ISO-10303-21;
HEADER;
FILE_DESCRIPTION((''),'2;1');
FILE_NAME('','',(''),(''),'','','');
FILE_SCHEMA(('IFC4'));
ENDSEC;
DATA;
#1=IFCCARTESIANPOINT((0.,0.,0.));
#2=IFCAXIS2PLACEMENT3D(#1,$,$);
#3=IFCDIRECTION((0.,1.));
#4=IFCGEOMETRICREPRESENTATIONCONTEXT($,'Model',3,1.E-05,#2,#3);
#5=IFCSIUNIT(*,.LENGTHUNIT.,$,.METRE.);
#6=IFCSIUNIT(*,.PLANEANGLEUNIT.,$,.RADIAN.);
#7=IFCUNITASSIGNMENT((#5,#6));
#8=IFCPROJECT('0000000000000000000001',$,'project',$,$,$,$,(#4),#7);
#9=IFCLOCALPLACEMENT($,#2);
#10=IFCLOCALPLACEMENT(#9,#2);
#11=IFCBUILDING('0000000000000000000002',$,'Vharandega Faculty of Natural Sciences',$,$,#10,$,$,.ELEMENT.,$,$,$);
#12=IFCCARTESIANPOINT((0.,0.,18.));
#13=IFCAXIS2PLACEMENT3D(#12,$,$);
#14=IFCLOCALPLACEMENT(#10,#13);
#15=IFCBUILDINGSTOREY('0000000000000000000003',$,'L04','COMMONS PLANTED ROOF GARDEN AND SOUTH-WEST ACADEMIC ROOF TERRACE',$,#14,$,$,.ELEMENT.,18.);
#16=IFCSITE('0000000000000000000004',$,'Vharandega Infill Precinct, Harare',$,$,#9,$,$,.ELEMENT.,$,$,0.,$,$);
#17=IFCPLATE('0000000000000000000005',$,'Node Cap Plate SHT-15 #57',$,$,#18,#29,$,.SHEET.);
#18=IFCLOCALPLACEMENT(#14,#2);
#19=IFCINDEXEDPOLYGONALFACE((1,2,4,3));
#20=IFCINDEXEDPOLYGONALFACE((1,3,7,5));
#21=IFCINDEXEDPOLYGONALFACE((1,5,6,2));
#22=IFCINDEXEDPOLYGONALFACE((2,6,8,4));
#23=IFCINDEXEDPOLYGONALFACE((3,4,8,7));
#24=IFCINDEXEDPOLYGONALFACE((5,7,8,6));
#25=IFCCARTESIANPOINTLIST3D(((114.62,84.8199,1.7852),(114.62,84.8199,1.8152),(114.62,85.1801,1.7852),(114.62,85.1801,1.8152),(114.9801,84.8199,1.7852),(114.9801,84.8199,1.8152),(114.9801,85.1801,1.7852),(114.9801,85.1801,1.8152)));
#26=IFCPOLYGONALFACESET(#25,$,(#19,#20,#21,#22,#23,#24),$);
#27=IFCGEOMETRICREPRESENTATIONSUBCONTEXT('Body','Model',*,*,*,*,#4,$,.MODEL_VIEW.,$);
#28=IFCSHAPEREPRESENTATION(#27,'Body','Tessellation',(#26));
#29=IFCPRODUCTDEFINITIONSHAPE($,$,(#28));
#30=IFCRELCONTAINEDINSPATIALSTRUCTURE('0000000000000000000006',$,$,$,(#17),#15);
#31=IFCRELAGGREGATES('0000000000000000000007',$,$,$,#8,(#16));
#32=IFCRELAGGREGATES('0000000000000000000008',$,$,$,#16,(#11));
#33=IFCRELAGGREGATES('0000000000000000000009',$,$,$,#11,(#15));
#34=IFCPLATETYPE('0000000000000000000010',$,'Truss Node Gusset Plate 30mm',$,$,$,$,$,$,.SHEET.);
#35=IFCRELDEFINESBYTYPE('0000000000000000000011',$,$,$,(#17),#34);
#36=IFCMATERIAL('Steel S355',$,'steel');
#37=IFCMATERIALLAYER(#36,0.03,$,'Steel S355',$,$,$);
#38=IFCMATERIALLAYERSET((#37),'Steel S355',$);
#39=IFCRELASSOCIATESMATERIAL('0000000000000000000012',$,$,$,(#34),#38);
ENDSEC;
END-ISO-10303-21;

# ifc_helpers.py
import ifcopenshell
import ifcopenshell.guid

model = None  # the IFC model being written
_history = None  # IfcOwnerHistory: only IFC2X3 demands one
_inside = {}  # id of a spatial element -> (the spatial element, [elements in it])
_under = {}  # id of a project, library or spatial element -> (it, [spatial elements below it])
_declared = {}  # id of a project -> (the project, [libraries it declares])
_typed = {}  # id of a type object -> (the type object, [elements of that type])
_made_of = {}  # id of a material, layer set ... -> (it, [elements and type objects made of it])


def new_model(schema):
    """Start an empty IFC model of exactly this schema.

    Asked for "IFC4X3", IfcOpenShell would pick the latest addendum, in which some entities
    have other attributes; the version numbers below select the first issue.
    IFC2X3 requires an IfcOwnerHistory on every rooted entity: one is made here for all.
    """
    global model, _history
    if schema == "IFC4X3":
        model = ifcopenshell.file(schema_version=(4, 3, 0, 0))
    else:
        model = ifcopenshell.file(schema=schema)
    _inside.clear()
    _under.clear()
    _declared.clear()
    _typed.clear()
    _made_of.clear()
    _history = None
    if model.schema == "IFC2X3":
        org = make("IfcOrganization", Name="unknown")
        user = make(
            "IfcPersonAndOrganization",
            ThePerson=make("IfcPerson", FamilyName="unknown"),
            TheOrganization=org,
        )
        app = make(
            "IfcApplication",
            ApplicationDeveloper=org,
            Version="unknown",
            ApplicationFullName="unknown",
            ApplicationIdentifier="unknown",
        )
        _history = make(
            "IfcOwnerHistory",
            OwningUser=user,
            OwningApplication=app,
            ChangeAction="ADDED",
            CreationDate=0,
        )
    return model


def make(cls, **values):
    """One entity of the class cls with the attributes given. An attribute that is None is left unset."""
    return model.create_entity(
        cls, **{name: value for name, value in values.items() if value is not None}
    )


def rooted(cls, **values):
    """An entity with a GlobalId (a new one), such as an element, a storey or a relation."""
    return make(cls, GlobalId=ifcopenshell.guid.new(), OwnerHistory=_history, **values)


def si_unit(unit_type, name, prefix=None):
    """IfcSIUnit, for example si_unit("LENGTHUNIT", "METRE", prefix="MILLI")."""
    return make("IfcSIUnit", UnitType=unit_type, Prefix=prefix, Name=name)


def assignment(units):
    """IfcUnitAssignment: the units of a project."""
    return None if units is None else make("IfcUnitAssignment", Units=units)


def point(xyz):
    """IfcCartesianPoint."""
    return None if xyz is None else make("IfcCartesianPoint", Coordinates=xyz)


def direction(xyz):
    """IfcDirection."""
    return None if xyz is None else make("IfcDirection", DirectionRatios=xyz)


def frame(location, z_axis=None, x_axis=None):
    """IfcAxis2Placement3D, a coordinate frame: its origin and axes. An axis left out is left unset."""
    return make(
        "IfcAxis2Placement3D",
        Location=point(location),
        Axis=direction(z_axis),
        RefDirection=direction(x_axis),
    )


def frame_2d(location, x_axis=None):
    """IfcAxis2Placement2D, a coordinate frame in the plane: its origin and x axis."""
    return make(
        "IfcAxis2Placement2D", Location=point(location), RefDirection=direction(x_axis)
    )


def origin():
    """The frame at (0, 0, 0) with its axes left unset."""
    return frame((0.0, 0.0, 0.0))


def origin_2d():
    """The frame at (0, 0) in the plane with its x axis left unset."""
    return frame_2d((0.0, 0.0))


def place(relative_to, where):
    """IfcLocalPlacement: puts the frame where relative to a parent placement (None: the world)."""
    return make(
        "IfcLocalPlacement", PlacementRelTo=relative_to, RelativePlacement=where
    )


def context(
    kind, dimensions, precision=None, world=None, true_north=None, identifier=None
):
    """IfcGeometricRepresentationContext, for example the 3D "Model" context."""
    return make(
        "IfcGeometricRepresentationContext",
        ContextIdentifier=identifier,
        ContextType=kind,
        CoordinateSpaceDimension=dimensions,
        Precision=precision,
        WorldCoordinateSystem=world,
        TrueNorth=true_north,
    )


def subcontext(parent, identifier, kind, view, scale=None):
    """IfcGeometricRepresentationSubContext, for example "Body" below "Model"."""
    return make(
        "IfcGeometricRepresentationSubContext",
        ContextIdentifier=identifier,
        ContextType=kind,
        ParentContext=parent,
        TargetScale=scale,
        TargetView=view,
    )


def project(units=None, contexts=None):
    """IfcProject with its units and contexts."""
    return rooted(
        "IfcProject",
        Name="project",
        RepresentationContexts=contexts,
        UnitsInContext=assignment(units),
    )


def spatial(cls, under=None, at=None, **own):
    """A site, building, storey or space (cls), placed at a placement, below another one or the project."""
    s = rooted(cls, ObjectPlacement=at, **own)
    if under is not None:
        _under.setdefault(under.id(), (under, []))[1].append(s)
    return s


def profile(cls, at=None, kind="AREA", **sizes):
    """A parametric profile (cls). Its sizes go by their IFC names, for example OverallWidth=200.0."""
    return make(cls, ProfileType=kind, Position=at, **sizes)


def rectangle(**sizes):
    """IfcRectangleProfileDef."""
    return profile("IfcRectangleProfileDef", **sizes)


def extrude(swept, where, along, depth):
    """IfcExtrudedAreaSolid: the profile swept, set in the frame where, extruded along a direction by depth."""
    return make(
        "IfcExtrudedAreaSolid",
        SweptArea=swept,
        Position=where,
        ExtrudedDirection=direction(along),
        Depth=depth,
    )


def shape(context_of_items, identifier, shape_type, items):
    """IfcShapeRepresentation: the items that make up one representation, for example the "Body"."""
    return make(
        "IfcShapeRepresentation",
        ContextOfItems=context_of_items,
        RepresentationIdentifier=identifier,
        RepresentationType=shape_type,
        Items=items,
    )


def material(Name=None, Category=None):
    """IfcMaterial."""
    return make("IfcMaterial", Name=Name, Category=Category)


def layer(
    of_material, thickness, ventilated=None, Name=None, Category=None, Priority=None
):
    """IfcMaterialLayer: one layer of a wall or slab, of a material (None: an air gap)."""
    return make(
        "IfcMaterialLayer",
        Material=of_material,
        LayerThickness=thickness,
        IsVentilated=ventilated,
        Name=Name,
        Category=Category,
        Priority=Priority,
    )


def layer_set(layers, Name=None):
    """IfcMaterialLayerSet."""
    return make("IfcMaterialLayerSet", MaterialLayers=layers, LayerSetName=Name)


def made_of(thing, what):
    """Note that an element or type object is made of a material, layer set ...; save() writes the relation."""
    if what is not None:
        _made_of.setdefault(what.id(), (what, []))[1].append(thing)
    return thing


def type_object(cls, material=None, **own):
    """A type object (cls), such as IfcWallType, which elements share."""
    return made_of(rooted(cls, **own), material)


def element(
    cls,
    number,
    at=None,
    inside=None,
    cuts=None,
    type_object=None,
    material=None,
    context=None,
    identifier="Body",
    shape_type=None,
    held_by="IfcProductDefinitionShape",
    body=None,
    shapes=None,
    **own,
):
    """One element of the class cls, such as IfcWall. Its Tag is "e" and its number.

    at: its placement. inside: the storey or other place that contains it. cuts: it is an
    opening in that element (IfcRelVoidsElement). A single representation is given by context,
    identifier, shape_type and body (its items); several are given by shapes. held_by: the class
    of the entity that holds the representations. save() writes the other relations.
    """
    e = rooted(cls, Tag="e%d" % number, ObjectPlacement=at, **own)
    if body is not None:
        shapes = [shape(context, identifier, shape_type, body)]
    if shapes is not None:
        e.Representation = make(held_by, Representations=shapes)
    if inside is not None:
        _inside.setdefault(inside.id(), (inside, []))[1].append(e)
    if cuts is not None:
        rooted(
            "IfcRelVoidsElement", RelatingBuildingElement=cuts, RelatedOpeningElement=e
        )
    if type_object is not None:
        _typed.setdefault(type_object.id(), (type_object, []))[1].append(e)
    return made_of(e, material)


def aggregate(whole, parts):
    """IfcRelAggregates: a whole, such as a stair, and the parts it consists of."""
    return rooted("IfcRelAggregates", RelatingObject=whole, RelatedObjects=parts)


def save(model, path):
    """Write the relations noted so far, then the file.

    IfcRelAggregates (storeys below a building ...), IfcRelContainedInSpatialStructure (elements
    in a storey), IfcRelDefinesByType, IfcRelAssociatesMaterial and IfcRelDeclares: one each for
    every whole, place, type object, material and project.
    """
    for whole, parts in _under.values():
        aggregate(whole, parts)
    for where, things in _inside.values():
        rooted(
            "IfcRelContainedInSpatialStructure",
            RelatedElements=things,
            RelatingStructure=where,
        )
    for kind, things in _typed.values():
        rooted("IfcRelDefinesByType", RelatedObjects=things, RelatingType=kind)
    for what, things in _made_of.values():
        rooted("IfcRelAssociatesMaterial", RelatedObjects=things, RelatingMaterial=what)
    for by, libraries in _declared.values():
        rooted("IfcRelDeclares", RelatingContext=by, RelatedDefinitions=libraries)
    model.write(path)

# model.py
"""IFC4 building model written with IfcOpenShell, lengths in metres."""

from ifc_helpers import new_model, si_unit, direction, frame, origin, origin_2d, place, context, subcontext, project, spatial, rectangle, extrude, material, layer, layer_set, type_object, element, save


model = new_model("IFC4")

# Units and contexts
model_context = context("Model", 3, precision=1e-05, world=origin(), true_north=direction((0.0, 1.0)))
body_context = subcontext(model_context, "Body", "Model", "MODEL_VIEW")
ifc_project = project(units=[si_unit("LENGTHUNIT", "METRE"), si_unit("PLANEANGLEUNIT", "RADIAN")], contexts=[model_context])

# Site, building, storey
site_placement = place(None, origin())
site = spatial("IfcSite", under=ifc_project, at=site_placement, Name="Vharandega Infill Precinct, Harare", CompositionType="ELEMENT", RefElevation=0.0)
building_placement = place(site_placement, origin())
building = spatial("IfcBuilding", under=site, at=building_placement, Name="Vharandega Faculty of Natural Sciences", CompositionType="ELEMENT")
storey_placement = place(building_placement, frame((0.0, 0.0, 18.0)))
storey = spatial("IfcBuildingStorey", under=building, at=storey_placement, Name="L04", Description="COMMONS PLANTED ROOF GARDEN AND SOUTH-WEST ACADEMIC ROOF TERRACE", CompositionType="ELEMENT", Elevation=18.0)

# Plate
ifc_material_1 = material(Name="Steel S355", Category="steel")
ifc_layer_1 = layer(ifc_material_1, 0.03, Name="Steel S355")
ifc_layer_set_1 = layer_set([ifc_layer_1], Name="Steel S355")
plate_type = type_object("IfcPlateType", Name="Truss Node Gusset Plate 30mm", PredefinedType="SHEET", material=ifc_layer_set_1)
for number, where, z_axis, x_axis, name in (
    (1, (114.8, 85.0, 1.7852), (0.0, 0.0, 1.0), (1.0, 0.0, 0.0), "Node Cap Plate SHT-15 #57"),
):
    element("IfcPlate", number, at=place(storey_placement, frame(where, z_axis=z_axis, x_axis=x_axis)), inside=storey, type_object=plate_type, Name=name, PredefinedType="SHEET", context=body_context, shape_type="SweptSolid", body=[
        extrude(rectangle(XDim=0.3601, YDim=0.3601, at=origin_2d()), origin(), (0.0, 0.0, 1.0), 0.03),
    ])

save(model, "model.ifc")
